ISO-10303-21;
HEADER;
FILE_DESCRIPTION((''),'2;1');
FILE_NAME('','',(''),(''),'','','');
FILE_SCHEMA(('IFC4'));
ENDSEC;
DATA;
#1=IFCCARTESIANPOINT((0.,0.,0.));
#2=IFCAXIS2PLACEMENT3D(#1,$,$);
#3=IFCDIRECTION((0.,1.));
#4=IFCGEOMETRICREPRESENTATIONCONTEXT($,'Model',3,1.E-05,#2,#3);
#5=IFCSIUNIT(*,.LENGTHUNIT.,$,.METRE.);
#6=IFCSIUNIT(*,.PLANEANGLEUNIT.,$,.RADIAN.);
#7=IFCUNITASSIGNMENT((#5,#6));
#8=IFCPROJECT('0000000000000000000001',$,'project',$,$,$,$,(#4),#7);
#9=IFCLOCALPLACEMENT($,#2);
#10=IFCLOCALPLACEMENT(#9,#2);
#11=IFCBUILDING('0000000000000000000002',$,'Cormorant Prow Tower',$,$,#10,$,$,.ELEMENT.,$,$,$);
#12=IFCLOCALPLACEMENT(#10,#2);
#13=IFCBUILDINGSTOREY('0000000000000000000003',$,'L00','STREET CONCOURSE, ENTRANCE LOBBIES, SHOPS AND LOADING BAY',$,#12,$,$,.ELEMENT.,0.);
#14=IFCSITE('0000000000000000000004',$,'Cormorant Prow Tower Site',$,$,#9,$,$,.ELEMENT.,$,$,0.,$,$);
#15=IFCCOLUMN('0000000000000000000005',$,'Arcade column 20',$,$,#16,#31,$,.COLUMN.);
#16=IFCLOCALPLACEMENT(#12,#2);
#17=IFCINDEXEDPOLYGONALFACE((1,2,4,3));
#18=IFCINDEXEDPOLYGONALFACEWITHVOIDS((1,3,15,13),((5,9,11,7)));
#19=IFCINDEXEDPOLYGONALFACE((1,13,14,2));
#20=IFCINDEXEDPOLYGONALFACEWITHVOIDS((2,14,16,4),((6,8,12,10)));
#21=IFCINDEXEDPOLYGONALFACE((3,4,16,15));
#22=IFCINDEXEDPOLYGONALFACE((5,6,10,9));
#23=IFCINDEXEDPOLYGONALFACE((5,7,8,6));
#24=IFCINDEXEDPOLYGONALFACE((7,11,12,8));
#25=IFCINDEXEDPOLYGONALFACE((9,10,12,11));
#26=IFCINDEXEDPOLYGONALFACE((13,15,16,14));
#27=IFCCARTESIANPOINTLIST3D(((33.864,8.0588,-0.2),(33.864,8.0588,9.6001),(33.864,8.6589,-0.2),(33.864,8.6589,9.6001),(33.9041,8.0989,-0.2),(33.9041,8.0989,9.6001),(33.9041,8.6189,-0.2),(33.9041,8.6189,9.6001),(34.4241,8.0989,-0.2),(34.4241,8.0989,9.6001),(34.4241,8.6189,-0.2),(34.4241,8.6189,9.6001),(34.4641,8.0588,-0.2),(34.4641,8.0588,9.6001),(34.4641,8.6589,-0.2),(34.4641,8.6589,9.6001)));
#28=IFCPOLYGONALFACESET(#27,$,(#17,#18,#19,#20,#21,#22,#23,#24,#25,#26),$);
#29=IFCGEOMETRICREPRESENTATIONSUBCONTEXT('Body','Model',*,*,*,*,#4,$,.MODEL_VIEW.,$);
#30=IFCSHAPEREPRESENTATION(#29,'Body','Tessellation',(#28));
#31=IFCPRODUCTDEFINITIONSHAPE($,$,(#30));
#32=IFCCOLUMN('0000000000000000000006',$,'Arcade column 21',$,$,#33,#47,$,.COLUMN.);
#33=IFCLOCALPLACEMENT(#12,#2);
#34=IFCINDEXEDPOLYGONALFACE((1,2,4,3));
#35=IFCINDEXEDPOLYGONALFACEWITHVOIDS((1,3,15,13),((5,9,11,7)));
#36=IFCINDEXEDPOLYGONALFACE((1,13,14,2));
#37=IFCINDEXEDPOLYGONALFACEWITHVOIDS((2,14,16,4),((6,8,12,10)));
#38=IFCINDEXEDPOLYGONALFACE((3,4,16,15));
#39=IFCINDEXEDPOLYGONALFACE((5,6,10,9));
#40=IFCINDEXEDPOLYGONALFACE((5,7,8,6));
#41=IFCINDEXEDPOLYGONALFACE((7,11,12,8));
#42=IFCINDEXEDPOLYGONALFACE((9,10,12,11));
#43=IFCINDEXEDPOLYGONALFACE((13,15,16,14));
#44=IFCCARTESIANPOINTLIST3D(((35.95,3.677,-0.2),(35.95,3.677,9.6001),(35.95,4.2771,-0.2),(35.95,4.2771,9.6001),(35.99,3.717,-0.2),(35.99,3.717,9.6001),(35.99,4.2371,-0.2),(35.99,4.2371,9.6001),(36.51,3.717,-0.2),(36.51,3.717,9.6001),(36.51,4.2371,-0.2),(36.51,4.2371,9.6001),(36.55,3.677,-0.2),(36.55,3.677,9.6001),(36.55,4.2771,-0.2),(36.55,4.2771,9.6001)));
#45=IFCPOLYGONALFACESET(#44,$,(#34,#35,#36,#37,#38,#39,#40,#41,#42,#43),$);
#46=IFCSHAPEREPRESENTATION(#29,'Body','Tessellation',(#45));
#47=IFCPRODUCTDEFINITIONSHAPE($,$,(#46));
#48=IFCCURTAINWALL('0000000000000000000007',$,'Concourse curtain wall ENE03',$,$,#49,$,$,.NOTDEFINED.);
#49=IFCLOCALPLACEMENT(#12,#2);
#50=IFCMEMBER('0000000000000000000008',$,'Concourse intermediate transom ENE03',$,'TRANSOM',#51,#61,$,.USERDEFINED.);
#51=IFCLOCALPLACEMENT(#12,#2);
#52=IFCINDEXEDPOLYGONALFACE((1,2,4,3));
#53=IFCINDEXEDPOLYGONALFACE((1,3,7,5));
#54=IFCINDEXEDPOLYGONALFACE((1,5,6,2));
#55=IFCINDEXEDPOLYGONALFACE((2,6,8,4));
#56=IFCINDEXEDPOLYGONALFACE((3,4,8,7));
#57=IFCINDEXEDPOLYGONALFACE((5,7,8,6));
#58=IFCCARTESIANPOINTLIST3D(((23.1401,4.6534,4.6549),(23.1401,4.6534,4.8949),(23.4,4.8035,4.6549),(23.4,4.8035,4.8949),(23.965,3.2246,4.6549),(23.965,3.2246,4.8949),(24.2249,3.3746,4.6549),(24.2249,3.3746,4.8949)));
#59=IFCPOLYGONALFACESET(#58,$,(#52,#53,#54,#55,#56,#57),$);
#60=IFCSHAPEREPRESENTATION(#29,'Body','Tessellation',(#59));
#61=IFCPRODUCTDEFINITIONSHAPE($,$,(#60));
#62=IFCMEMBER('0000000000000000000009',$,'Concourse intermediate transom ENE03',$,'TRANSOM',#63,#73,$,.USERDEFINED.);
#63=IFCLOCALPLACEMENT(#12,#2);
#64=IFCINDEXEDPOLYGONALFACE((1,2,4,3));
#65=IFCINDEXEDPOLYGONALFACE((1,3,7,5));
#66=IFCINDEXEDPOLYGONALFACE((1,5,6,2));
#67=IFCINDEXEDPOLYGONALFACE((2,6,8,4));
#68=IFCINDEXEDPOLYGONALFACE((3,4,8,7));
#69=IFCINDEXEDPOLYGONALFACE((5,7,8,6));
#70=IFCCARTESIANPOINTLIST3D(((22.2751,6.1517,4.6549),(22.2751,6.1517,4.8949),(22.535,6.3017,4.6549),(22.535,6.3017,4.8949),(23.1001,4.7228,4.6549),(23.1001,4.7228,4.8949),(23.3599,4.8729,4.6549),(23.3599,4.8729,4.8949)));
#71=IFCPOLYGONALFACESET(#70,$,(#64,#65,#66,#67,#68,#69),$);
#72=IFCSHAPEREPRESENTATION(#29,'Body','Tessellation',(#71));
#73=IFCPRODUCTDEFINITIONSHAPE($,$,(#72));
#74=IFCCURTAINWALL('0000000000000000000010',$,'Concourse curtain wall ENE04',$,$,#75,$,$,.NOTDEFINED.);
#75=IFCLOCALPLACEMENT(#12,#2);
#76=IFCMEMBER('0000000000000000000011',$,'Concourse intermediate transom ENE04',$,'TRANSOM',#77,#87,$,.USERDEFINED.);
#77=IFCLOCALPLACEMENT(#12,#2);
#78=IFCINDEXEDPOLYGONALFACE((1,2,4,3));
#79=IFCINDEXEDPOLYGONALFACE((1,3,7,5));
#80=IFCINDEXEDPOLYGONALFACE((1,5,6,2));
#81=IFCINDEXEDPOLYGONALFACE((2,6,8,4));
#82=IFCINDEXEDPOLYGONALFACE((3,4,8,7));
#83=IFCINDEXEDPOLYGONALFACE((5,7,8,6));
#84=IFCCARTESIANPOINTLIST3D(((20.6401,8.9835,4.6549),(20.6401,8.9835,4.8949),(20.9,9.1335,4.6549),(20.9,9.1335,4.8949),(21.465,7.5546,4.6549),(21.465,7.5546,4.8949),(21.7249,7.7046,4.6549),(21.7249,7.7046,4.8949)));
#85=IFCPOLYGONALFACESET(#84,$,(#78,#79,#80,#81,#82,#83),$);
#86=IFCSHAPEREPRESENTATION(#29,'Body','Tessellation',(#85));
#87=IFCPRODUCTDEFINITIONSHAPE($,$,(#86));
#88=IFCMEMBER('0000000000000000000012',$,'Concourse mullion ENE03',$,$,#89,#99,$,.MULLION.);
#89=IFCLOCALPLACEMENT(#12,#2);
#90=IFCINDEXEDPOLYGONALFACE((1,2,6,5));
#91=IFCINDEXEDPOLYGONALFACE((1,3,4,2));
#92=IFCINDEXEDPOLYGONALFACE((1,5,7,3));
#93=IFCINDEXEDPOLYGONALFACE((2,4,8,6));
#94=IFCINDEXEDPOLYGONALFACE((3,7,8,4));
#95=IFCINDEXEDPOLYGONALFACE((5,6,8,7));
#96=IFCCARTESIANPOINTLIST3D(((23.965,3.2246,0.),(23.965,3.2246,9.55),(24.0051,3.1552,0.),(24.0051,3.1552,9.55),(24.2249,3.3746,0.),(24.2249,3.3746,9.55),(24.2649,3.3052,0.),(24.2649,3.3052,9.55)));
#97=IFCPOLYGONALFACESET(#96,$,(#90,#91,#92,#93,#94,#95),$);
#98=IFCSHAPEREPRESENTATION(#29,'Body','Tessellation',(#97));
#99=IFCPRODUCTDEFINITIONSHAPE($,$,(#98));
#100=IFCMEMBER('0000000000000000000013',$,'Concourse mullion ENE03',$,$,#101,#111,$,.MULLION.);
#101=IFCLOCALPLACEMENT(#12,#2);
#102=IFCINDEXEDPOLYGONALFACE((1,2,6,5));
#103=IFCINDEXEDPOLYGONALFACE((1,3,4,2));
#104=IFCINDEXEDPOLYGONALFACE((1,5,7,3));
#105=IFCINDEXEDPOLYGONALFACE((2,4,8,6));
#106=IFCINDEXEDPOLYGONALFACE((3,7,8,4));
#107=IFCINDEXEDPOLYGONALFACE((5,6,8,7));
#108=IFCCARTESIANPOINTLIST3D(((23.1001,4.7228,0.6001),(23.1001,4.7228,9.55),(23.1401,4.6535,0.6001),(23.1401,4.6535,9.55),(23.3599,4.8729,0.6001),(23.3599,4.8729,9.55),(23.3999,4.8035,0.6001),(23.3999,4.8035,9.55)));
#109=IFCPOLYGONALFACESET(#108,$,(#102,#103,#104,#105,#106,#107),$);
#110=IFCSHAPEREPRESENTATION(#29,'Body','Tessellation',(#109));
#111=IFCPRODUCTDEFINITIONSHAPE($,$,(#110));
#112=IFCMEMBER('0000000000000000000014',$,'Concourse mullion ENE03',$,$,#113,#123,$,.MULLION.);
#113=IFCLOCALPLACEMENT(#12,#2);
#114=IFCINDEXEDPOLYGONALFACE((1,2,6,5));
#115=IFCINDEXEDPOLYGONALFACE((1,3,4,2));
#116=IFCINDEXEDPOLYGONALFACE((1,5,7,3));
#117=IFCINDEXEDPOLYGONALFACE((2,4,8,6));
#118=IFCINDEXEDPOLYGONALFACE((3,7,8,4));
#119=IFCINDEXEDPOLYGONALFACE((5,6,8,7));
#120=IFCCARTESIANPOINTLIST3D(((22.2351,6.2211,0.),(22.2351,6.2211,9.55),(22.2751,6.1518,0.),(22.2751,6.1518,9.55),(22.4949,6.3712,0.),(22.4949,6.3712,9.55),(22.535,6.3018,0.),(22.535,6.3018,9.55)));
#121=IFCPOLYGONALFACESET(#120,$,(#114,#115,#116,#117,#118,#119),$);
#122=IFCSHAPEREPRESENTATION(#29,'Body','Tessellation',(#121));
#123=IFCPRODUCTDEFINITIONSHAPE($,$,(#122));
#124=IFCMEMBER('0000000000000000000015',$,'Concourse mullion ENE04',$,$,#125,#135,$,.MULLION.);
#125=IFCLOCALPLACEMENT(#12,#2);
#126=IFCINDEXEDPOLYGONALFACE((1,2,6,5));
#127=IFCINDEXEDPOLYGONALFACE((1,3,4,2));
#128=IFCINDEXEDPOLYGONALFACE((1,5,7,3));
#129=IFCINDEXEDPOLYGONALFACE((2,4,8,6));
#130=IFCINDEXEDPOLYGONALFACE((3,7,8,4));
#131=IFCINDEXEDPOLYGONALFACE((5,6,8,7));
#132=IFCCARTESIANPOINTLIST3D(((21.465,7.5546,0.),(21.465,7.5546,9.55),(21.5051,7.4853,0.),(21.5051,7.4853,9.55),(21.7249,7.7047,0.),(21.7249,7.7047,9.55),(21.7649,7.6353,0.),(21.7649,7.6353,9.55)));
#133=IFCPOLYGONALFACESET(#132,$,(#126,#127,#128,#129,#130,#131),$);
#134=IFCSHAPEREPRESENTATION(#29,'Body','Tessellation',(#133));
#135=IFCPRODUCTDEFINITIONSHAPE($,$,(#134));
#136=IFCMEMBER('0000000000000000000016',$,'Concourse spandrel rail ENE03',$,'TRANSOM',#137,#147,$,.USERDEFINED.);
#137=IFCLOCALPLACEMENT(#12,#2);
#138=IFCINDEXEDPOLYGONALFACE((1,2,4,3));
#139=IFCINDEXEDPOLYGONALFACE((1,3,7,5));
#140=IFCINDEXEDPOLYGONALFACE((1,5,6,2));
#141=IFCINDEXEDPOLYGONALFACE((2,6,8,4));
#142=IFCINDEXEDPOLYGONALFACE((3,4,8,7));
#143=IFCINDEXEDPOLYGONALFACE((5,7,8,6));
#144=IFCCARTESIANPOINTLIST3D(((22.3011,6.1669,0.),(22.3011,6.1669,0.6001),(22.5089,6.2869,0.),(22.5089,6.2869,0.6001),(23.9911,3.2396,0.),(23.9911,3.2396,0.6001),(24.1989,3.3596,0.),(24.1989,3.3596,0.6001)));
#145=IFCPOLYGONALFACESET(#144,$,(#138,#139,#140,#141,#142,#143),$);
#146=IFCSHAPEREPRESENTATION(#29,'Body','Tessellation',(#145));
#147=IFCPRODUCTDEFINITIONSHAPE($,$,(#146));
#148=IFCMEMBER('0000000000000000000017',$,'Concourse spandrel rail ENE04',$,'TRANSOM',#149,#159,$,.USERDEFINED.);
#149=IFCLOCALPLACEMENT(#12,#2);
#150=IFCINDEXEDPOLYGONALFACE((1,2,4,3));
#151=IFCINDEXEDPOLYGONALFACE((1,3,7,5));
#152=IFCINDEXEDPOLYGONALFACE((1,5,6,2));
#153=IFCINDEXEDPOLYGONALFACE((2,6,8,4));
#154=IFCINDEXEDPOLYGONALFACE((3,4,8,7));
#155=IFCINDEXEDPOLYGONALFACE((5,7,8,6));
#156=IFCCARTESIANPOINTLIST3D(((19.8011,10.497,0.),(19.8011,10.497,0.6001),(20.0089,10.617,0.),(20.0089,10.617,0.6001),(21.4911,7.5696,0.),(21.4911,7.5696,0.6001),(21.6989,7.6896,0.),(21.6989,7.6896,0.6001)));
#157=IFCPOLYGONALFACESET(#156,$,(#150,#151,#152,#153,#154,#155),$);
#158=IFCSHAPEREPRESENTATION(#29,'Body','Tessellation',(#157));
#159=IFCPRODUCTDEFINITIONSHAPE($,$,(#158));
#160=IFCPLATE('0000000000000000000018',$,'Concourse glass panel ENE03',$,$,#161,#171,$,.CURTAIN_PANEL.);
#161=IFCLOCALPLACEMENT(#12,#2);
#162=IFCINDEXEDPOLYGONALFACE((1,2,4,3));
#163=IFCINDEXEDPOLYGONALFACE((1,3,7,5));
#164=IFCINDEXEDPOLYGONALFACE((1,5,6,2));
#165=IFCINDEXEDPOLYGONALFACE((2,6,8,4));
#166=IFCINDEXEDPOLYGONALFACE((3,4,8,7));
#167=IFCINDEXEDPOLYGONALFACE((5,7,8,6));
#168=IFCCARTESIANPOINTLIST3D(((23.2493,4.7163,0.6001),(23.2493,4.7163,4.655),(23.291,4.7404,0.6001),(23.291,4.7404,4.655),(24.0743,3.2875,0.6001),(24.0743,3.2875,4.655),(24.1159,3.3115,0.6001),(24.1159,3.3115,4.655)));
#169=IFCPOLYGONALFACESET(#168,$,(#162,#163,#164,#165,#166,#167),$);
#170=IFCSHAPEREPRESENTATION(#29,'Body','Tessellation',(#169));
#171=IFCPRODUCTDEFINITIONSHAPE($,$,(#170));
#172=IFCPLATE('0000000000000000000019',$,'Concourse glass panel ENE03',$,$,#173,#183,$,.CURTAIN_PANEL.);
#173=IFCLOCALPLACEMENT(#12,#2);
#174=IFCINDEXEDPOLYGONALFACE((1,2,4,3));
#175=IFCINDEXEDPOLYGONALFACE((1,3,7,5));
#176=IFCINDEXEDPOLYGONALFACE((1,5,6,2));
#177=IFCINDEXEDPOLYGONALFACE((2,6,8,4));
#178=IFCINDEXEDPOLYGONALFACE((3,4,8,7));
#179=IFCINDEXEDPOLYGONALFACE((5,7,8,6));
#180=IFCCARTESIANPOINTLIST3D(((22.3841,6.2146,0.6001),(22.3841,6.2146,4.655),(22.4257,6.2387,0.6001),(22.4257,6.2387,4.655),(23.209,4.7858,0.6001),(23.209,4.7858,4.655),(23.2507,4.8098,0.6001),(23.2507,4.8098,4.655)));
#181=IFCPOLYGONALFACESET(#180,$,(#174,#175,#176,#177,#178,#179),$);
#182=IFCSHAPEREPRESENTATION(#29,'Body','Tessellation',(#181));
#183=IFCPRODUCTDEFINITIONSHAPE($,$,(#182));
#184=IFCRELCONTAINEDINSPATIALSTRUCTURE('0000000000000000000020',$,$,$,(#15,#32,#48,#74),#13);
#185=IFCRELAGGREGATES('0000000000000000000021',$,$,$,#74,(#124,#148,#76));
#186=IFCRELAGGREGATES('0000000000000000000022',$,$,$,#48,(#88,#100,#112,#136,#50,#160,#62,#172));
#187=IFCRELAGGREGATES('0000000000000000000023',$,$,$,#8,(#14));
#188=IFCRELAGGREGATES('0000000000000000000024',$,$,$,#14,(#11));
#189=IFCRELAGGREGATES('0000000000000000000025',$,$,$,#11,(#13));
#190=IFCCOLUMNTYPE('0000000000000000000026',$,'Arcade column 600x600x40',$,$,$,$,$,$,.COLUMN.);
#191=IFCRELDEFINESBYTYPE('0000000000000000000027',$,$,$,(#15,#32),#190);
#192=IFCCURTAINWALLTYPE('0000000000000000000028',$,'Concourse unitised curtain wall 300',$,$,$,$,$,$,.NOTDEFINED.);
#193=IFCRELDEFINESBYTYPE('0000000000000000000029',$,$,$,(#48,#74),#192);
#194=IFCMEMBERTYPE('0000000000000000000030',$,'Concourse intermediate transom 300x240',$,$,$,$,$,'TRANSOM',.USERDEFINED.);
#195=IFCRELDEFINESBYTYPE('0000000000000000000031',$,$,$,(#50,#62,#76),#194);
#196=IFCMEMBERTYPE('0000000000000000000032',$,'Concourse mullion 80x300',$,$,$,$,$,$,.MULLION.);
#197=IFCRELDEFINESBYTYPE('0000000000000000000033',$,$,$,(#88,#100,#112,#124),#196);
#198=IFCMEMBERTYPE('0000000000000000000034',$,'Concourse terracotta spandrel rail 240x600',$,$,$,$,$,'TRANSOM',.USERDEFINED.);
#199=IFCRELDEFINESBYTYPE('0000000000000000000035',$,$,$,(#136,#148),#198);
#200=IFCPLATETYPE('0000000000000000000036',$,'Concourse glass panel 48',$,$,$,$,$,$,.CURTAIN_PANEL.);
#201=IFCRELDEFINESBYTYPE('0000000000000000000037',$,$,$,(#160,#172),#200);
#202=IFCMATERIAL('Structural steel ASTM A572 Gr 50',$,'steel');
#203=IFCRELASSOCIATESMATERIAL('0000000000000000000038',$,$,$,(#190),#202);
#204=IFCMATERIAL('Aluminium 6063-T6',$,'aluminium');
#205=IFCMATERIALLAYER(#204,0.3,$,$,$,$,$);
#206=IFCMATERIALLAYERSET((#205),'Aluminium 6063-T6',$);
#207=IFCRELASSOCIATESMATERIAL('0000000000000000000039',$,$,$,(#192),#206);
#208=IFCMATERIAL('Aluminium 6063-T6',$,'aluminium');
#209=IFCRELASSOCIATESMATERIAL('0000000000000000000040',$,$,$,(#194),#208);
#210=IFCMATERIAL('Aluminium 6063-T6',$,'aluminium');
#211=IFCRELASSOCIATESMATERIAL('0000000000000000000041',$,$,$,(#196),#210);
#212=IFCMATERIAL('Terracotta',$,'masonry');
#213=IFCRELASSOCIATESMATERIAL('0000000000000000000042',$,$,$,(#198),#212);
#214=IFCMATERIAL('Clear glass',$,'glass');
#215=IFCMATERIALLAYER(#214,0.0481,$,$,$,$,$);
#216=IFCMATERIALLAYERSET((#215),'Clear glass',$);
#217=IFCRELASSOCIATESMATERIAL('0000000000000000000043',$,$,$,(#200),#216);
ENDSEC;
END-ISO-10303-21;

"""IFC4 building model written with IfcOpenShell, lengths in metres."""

from ifc_helpers import new_model, si_unit, direction, frame, origin, origin_2d, place, context, subcontext, project, spatial, rectangle, hollow_rectangle, extrude, material, layer, layer_set, material_profile, profile_set, type_object, element, aggregate, save


model = new_model("IFC4")

# Units and contexts
model_context = context("Model", 3, precision=1e-05, world=origin(), true_north=direction((0.0, 1.0)))
body_context = subcontext(model_context, "Body", "Model", "MODEL_VIEW")
ifc_project = project(units=[si_unit("LENGTHUNIT", "METRE"), si_unit("PLANEANGLEUNIT", "RADIAN")], contexts=[model_context])

# Site, building, storey
site_placement = place(None, origin())
site = spatial("IfcSite", under=ifc_project, at=site_placement, Name="Cormorant Prow Tower Site", CompositionType="ELEMENT", RefElevation=0.0)
building_placement = place(site_placement, origin())
building = spatial("IfcBuilding", under=site, at=building_placement, Name="Cormorant Prow Tower", CompositionType="ELEMENT")
storey_placement = place(building_placement, origin())
storey = spatial("IfcBuildingStorey", under=building, at=storey_placement, Name="L00", Description="STREET CONCOURSE, ENTRANCE LOBBIES, SHOPS AND LOADING BAY", CompositionType="ELEMENT", Elevation=0.0)

# Columns
ifc_material_1 = material(Name="Structural steel ASTM A572 Gr 50", Category="steel")
ifc_material_profile_1 = material_profile(ifc_material_1, hollow_rectangle(XDim=0.6001, YDim=0.6001, WallThickness=0.04, at=origin_2d()), Name="Box 600x600x40")
ifc_profile_set_1 = profile_set([ifc_material_profile_1], Name="Structural steel ASTM A572 Gr 50")
column_type = type_object("IfcColumnType", Name="Arcade column 600x600x40", PredefinedType="COLUMN", material=ifc_profile_set_1)
for number, where, z_axis, x_axis, name in (
    (1, (34.1641, 8.3589, -0.2), (0.0, 0.0, 1.0), (1.0, 0.0, 0.0), "Arcade column 20"),
    (2, (36.25, 3.9771, -0.2), (0.0, 0.0, 1.0), (1.0, 0.0, 0.0), "Arcade column 21"),
):
    element("IfcColumn", number, at=place(storey_placement, frame(where, z_axis=z_axis, x_axis=x_axis)), inside=storey, type_object=column_type, Name=name, PredefinedType="COLUMN", context=body_context, shape_type="SweptSolid", body=[
        extrude(hollow_rectangle(XDim=0.6001, YDim=0.6001, WallThickness=0.04, at=origin_2d()), origin(), (0.0, 0.0, 1.0), 9.8),
    ])

# Curtain wall, members
ifc_material_2 = material(Name="Aluminium 6063-T6", Category="aluminium")
ifc_layer_1 = layer(ifc_material_2, 0.3)
ifc_layer_set_1 = layer_set([ifc_layer_1], Name="Aluminium 6063-T6")
curtain_wall_type = type_object("IfcCurtainWallType", Name="Concourse unitised curtain wall 300", PredefinedType="NOTDEFINED", material=ifc_layer_set_1)
curtain_wall_1_placement = place(storey_placement, origin())
curtain_wall_1 = element("IfcCurtainWall", 3, at=curtain_wall_1_placement, inside=storey, type_object=curtain_wall_type, Name="Concourse curtain wall ENE03", PredefinedType="NOTDEFINED")
ifc_material_3 = material(Name="Aluminium 6063-T6", Category="aluminium")
ifc_material_profile_2 = material_profile(ifc_material_3, rectangle(XDim=0.3, YDim=0.24, at=origin_2d()), Name="Concourse intermediate transom 300x240")
ifc_profile_set_2 = profile_set([ifc_material_profile_2], Name="Aluminium 6063-T6")
member_type_1 = type_object("IfcMemberType", Name="Concourse intermediate transom 300x240", ElementType="TRANSOM", PredefinedType="USERDEFINED", material=ifc_profile_set_2)
member_1_placement = place(storey_placement, frame((24.095, 3.2996, 4.7749), z_axis=(-0.499974, 0.86604, 0.0), x_axis=(-0.86604, -0.499974, 0.0)))
member_1 = element("IfcMember", 4, at=member_1_placement, type_object=member_type_1, Name="Concourse intermediate transom ENE03", ObjectType="TRANSOM", PredefinedType="USERDEFINED", context=body_context, shape_type="SweptSolid", body=[
    extrude(rectangle(XDim=0.3, YDim=0.24, at=origin_2d()), origin(), (0.0, 0.0, 1.0), 1.6499),
])
member_2_placement = place(storey_placement, frame((23.23, 4.7979, 4.7749), z_axis=(-0.499974, 0.86604, 0.0), x_axis=(-0.86604, -0.499974, 0.0)))
member_2 = element("IfcMember", 5, at=member_2_placement, type_object=member_type_1, Name="Concourse intermediate transom ENE03", ObjectType="TRANSOM", PredefinedType="USERDEFINED", context=body_context, shape_type="SweptSolid", body=[
    extrude(rectangle(XDim=0.3, YDim=0.24, at=origin_2d()), origin(), (0.0, 0.0, 1.0), 1.6499),
])

# Curtain wall, member
curtain_wall_2_placement = place(storey_placement, origin())
curtain_wall_2 = element("IfcCurtainWall", 6, at=curtain_wall_2_placement, inside=storey, type_object=curtain_wall_type, Name="Concourse curtain wall ENE04", PredefinedType="NOTDEFINED")
member_3_placement = place(storey_placement, frame((21.595, 7.6296, 4.7749), z_axis=(-0.499974, 0.86604, 0.0), x_axis=(-0.86604, -0.499974, 0.0)))
member_3 = element("IfcMember", 7, at=member_3_placement, type_object=member_type_1, Name="Concourse intermediate transom ENE04", ObjectType="TRANSOM", PredefinedType="USERDEFINED", context=body_context, shape_type="SweptSolid", body=[
    extrude(rectangle(XDim=0.3, YDim=0.24, at=origin_2d()), origin(), (0.0, 0.0, 1.0), 1.6499),
])

# Members
ifc_material_4 = material(Name="Aluminium 6063-T6", Category="aluminium")
ifc_material_profile_3 = material_profile(ifc_material_4, rectangle(XDim=0.3, YDim=0.0801, at=origin_2d()), Name="Concourse mullion 80x300")
ifc_profile_set_3 = profile_set([ifc_material_profile_3], Name="Aluminium 6063-T6")
member_type_2 = type_object("IfcMemberType", Name="Concourse mullion 80x300", PredefinedType="MULLION", material=ifc_profile_set_3)
member_4_placement = place(storey_placement, frame((24.115, 3.2649, 0.0), z_axis=(0.0, 0.0, 1.0), x_axis=(-0.866025, -0.5, 0.0)))
member_4 = element("IfcMember", 8, at=member_4_placement, type_object=member_type_2, Name="Concourse mullion ENE03", PredefinedType="MULLION", context=body_context, shape_type="SweptSolid", body=[
    extrude(rectangle(XDim=0.3, YDim=0.0801, at=origin_2d()), origin(), (0.0, 0.0, 1.0), 9.55),
])
member_5_placement = place(storey_placement, frame((23.25, 4.7632, 0.6001), z_axis=(0.0, 0.0, 1.0), x_axis=(-0.866025, -0.5, 0.0)))
member_5 = element("IfcMember", 9, at=member_5_placement, type_object=member_type_2, Name="Concourse mullion ENE03", PredefinedType="MULLION", context=body_context, shape_type="SweptSolid", body=[
    extrude(rectangle(XDim=0.3, YDim=0.0801, at=origin_2d()), origin(), (0.0, 0.0, 1.0), 8.95),
])
member_6_placement = place(storey_placement, frame((22.385, 6.2615, 0.0), z_axis=(0.0, 0.0, 1.0), x_axis=(-0.866025, -0.5, 0.0)))
member_6 = element("IfcMember", 10, at=member_6_placement, type_object=member_type_2, Name="Concourse mullion ENE03", PredefinedType="MULLION", context=body_context, shape_type="SweptSolid", body=[
    extrude(rectangle(XDim=0.3, YDim=0.0801, at=origin_2d()), origin(), (0.0, 0.0, 1.0), 9.55),
])
member_7_placement = place(storey_placement, frame((21.615, 7.595, 0.0), z_axis=(0.0, 0.0, 1.0), x_axis=(-0.866025, -0.5, 0.0)))
member_7 = element("IfcMember", 11, at=member_7_placement, type_object=member_type_2, Name="Concourse mullion ENE04", PredefinedType="MULLION", context=body_context, shape_type="SweptSolid", body=[
    extrude(rectangle(XDim=0.3, YDim=0.0801, at=origin_2d()), origin(), (0.0, 0.0, 1.0), 9.55),
])
ifc_material_5 = material(Name="Terracotta", Category="masonry")
ifc_material_profile_4 = material_profile(ifc_material_5, rectangle(XDim=0.24, YDim=0.6001, at=origin_2d()), Name="Concourse terracotta spandrel rail 240x600")
ifc_profile_set_4 = profile_set([ifc_material_profile_4], Name="Terracotta")
member_type_3 = type_object("IfcMemberType", Name="Concourse terracotta spandrel rail 240x600", ElementType="TRANSOM", PredefinedType="USERDEFINED", material=ifc_profile_set_4)
member_8_placement = place(storey_placement, frame((24.095, 3.2996, 0.3), z_axis=(-0.499977, 0.866039, 0.0), x_axis=(-0.866039, -0.499977, 0.0)))
member_8 = element("IfcMember", 12, at=member_8_placement, type_object=member_type_3, Name="Concourse spandrel rail ENE03", ObjectType="TRANSOM", PredefinedType="USERDEFINED", context=body_context, shape_type="SweptSolid", body=[
    extrude(rectangle(XDim=0.24, YDim=0.6001, at=origin_2d()), origin(), (0.0, 0.0, 1.0), 3.3801),
])
member_9_placement = place(storey_placement, frame((21.595, 7.6296, 0.3), z_axis=(-0.499977, 0.866039, 0.0), x_axis=(-0.866039, -0.499977, 0.0)))
member_9 = element("IfcMember", 13, at=member_9_placement, type_object=member_type_3, Name="Concourse spandrel rail ENE04", ObjectType="TRANSOM", PredefinedType="USERDEFINED", context=body_context, shape_type="SweptSolid", body=[
    extrude(rectangle(XDim=0.24, YDim=0.6001, at=origin_2d()), origin(), (0.0, 0.0, 1.0), 3.3801),
])
aggregate(curtain_wall_2, [member_7, member_9, member_3])

# Plates
ifc_material_6 = material(Name="Clear glass", Category="glass")
ifc_layer_2 = layer(ifc_material_6, 0.0481)
ifc_layer_set_2 = layer_set([ifc_layer_2], Name="Clear glass")
plate_type = type_object("IfcPlateType", Name="Concourse glass panel 48", PredefinedType="CURTAIN_PANEL", material=ifc_layer_set_2)
plate_1_placement = place(storey_placement, frame((23.6826, 4.0139, 0.6001), z_axis=(0.0, 0.0, 1.0), x_axis=(-0.5, 0.866025, 0.0)))
plate_1 = element("IfcPlate", 14, at=plate_1_placement, type_object=plate_type, Name="Concourse glass panel ENE03", PredefinedType="CURTAIN_PANEL", context=body_context, shape_type="SweptSolid", body=[
    extrude(rectangle(XDim=1.6499, YDim=0.0481, at=origin_2d()), origin(), (0.0, 0.0, 1.0), 4.0549),
])
plate_2_placement = place(storey_placement, frame((22.8174, 5.5122, 0.6001), z_axis=(0.0, 0.0, 1.0), x_axis=(-0.5, 0.866025, 0.0)))
plate_2 = element("IfcPlate", 15, at=plate_2_placement, type_object=plate_type, Name="Concourse glass panel ENE03", PredefinedType="CURTAIN_PANEL", context=body_context, shape_type="SweptSolid", body=[
    extrude(rectangle(XDim=1.6499, YDim=0.0481, at=origin_2d()), origin(), (0.0, 0.0, 1.0), 4.0549),
])
aggregate(curtain_wall_1, [member_4, member_5, member_6, member_8, member_1, plate_1, member_2, plate_2])

save(model, "model.ifc")
